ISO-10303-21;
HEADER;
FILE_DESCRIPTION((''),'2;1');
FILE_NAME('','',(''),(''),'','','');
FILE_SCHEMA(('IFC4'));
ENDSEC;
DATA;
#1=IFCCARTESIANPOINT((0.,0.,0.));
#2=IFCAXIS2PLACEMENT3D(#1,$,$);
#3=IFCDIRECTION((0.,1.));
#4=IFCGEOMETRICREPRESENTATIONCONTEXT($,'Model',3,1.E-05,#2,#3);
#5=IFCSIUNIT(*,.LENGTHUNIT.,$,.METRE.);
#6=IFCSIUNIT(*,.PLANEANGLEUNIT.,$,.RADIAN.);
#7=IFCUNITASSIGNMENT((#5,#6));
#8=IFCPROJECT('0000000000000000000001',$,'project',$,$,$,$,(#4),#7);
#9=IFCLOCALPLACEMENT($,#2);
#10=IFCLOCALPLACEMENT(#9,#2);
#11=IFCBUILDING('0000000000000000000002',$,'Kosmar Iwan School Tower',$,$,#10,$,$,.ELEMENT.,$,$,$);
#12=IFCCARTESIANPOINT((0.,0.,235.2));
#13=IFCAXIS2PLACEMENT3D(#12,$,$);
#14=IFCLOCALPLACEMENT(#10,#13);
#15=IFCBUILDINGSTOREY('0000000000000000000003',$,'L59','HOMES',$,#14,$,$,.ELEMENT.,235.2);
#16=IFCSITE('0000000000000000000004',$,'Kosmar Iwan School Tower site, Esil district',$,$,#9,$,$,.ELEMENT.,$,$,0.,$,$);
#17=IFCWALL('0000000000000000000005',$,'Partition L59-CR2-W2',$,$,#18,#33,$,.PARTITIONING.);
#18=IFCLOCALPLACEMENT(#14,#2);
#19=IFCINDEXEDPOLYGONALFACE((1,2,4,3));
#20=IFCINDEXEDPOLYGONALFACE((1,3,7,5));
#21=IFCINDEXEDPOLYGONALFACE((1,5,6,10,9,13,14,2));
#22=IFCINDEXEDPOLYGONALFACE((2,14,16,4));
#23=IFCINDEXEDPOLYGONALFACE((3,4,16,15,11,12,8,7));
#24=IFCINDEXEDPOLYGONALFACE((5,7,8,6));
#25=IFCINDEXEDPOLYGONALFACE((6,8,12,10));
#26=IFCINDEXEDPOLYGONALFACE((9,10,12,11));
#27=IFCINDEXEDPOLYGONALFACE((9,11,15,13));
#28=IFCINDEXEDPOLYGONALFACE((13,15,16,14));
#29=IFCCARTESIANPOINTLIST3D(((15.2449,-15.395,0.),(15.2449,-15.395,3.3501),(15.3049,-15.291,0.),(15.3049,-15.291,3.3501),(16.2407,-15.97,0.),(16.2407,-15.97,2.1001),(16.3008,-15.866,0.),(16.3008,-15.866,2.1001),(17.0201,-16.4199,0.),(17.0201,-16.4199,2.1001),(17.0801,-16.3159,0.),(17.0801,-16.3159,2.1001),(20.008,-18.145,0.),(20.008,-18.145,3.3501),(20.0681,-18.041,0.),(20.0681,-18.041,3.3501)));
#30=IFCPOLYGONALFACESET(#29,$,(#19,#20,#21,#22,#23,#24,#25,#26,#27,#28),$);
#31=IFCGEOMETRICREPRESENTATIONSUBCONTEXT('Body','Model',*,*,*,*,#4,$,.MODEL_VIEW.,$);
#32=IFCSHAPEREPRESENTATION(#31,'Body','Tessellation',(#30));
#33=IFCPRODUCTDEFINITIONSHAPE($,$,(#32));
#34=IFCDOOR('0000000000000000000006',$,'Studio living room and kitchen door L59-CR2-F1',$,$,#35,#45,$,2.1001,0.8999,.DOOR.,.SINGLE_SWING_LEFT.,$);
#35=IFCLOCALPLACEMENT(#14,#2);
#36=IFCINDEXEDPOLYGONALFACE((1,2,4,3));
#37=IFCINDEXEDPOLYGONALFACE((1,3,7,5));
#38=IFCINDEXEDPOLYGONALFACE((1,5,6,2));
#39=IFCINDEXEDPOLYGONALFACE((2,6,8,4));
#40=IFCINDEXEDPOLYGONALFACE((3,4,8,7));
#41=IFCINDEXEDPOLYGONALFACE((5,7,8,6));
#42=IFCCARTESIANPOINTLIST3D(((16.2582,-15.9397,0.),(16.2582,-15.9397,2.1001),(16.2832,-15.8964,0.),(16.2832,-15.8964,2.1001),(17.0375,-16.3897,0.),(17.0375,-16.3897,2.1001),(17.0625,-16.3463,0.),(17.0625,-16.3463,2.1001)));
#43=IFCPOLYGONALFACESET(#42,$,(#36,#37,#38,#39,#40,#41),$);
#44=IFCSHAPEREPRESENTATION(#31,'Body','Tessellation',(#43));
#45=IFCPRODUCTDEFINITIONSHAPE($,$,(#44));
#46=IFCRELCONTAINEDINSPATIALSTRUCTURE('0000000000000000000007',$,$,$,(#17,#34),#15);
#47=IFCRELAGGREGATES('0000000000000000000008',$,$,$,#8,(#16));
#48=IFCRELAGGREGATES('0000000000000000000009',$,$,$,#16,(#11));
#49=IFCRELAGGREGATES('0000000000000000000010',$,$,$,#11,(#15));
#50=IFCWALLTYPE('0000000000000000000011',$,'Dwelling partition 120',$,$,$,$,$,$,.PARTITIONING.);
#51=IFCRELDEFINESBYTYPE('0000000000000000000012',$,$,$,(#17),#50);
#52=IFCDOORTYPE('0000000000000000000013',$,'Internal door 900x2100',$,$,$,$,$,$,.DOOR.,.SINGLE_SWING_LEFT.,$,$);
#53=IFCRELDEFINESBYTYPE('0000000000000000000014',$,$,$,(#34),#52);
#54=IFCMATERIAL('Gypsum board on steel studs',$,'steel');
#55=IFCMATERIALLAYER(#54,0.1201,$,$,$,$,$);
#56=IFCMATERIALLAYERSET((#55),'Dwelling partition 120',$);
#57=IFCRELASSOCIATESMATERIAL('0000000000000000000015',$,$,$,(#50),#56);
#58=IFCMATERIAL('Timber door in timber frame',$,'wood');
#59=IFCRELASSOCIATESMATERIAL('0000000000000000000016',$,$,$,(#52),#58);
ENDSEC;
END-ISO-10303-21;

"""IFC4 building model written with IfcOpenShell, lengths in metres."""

from ifc_helpers import new_model, si_unit, direction, frame, frame_2d, origin, place, context, subcontext, project, spatial, rectangle, extrude, material, layer, layer_set, type_object, element, fill, save


model = new_model("IFC4")

# Units and contexts
model_context = context("Model", 3, precision=1e-05, world=origin(), true_north=direction((0.0, 1.0)))
body_context = subcontext(model_context, "Body", "Model", "MODEL_VIEW")
ifc_project = project(units=[si_unit("LENGTHUNIT", "METRE"), si_unit("PLANEANGLEUNIT", "RADIAN")], contexts=[model_context])

# Site, building, storey
site_placement = place(None, origin())
site = spatial("IfcSite", under=ifc_project, at=site_placement, Name="Kosmar Iwan School Tower site, Esil district", CompositionType="ELEMENT", RefElevation=0.0)
building_placement = place(site_placement, origin())
building = spatial("IfcBuilding", under=site, at=building_placement, Name="Kosmar Iwan School Tower", CompositionType="ELEMENT")
storey_placement = place(building_placement, frame((0.0, 0.0, 235.2)))
storey = spatial("IfcBuildingStorey", under=building, at=storey_placement, Name="L59", Description="HOMES", CompositionType="ELEMENT", Elevation=235.2)

# Shared definitions
ifc_material_1 = material(Name="Gypsum board on steel studs", Category="steel")
ifc_layer = layer(ifc_material_1, 0.1201)
ifc_layer_set = layer_set([ifc_layer], Name="Dwelling partition 120")
wall_type = type_object("IfcWallType", Name="Dwelling partition 120", PredefinedType="PARTITIONING", material=ifc_layer_set)
ifc_material_2 = material(Name="Timber door in timber frame", Category="wood")
door_type_1 = type_object("IfcDoorType", Name="Internal door 900x2100", OperationType="SINGLE_SWING_LEFT", PredefinedType="DOOR", material=ifc_material_2)

# Wall, opening, door
wall_1_placement = place(storey_placement, frame((15.2749, -15.343, 0.0), z_axis=(0.0, 0.0, 1.0), x_axis=(0.866027, -0.499997, 0.0)))
wall_1 = element("IfcWall", 1, at=wall_1_placement, inside=storey, type_object=wall_type, Name="Partition L59-CR2-W2", PredefinedType="PARTITIONING", context=body_context, shape_type="SweptSolid", body=[
    extrude(rectangle(XDim=5.5, YDim=0.1201, at=frame_2d((2.75, 0.0))), origin(), (0.0, 0.0, 1.0), 3.3501),
])
opening_1_placement = place(wall_1_placement, frame((1.1499, 0.0, 0.0)))
opening_1 = element("IfcOpeningElement", 2, at=opening_1_placement, cuts=wall_1, PredefinedType="OPENING", context=body_context, shape_type="SweptSolid", body=[
    extrude(rectangle(XDim=0.8999, YDim=2.1001, at=frame_2d((0.45, 1.05))), frame((0.0, 0.072, 0.0), z_axis=(0.0, -1.0, 0.0), x_axis=(1.0, 0.0, 0.0)), (0.0, 0.0, 1.0), 0.144),
])
door_1_placement = place(opening_1_placement, origin())
door_1 = element("IfcDoor", 3, at=door_1_placement, inside=storey, type_object=door_type_1, Name="Studio living room and kitchen door L59-CR2-F1", OperationType="SINGLE_SWING_LEFT", OverallHeight=2.1001, OverallWidth=0.8999, PredefinedType="DOOR", context=body_context, shape_type="SweptSolid", body=[
    extrude(rectangle(XDim=0.8999, YDim=2.1001, at=frame_2d((0.45, 1.05))), frame((0.0, 0.0249, 0.0), z_axis=(0.0, -1.0, 0.0), x_axis=(1.0, 0.0, 0.0)), (0.0, 0.0, 1.0), 0.05),
])
fill(opening_1, door_1)

save(model, "model.ifc")
